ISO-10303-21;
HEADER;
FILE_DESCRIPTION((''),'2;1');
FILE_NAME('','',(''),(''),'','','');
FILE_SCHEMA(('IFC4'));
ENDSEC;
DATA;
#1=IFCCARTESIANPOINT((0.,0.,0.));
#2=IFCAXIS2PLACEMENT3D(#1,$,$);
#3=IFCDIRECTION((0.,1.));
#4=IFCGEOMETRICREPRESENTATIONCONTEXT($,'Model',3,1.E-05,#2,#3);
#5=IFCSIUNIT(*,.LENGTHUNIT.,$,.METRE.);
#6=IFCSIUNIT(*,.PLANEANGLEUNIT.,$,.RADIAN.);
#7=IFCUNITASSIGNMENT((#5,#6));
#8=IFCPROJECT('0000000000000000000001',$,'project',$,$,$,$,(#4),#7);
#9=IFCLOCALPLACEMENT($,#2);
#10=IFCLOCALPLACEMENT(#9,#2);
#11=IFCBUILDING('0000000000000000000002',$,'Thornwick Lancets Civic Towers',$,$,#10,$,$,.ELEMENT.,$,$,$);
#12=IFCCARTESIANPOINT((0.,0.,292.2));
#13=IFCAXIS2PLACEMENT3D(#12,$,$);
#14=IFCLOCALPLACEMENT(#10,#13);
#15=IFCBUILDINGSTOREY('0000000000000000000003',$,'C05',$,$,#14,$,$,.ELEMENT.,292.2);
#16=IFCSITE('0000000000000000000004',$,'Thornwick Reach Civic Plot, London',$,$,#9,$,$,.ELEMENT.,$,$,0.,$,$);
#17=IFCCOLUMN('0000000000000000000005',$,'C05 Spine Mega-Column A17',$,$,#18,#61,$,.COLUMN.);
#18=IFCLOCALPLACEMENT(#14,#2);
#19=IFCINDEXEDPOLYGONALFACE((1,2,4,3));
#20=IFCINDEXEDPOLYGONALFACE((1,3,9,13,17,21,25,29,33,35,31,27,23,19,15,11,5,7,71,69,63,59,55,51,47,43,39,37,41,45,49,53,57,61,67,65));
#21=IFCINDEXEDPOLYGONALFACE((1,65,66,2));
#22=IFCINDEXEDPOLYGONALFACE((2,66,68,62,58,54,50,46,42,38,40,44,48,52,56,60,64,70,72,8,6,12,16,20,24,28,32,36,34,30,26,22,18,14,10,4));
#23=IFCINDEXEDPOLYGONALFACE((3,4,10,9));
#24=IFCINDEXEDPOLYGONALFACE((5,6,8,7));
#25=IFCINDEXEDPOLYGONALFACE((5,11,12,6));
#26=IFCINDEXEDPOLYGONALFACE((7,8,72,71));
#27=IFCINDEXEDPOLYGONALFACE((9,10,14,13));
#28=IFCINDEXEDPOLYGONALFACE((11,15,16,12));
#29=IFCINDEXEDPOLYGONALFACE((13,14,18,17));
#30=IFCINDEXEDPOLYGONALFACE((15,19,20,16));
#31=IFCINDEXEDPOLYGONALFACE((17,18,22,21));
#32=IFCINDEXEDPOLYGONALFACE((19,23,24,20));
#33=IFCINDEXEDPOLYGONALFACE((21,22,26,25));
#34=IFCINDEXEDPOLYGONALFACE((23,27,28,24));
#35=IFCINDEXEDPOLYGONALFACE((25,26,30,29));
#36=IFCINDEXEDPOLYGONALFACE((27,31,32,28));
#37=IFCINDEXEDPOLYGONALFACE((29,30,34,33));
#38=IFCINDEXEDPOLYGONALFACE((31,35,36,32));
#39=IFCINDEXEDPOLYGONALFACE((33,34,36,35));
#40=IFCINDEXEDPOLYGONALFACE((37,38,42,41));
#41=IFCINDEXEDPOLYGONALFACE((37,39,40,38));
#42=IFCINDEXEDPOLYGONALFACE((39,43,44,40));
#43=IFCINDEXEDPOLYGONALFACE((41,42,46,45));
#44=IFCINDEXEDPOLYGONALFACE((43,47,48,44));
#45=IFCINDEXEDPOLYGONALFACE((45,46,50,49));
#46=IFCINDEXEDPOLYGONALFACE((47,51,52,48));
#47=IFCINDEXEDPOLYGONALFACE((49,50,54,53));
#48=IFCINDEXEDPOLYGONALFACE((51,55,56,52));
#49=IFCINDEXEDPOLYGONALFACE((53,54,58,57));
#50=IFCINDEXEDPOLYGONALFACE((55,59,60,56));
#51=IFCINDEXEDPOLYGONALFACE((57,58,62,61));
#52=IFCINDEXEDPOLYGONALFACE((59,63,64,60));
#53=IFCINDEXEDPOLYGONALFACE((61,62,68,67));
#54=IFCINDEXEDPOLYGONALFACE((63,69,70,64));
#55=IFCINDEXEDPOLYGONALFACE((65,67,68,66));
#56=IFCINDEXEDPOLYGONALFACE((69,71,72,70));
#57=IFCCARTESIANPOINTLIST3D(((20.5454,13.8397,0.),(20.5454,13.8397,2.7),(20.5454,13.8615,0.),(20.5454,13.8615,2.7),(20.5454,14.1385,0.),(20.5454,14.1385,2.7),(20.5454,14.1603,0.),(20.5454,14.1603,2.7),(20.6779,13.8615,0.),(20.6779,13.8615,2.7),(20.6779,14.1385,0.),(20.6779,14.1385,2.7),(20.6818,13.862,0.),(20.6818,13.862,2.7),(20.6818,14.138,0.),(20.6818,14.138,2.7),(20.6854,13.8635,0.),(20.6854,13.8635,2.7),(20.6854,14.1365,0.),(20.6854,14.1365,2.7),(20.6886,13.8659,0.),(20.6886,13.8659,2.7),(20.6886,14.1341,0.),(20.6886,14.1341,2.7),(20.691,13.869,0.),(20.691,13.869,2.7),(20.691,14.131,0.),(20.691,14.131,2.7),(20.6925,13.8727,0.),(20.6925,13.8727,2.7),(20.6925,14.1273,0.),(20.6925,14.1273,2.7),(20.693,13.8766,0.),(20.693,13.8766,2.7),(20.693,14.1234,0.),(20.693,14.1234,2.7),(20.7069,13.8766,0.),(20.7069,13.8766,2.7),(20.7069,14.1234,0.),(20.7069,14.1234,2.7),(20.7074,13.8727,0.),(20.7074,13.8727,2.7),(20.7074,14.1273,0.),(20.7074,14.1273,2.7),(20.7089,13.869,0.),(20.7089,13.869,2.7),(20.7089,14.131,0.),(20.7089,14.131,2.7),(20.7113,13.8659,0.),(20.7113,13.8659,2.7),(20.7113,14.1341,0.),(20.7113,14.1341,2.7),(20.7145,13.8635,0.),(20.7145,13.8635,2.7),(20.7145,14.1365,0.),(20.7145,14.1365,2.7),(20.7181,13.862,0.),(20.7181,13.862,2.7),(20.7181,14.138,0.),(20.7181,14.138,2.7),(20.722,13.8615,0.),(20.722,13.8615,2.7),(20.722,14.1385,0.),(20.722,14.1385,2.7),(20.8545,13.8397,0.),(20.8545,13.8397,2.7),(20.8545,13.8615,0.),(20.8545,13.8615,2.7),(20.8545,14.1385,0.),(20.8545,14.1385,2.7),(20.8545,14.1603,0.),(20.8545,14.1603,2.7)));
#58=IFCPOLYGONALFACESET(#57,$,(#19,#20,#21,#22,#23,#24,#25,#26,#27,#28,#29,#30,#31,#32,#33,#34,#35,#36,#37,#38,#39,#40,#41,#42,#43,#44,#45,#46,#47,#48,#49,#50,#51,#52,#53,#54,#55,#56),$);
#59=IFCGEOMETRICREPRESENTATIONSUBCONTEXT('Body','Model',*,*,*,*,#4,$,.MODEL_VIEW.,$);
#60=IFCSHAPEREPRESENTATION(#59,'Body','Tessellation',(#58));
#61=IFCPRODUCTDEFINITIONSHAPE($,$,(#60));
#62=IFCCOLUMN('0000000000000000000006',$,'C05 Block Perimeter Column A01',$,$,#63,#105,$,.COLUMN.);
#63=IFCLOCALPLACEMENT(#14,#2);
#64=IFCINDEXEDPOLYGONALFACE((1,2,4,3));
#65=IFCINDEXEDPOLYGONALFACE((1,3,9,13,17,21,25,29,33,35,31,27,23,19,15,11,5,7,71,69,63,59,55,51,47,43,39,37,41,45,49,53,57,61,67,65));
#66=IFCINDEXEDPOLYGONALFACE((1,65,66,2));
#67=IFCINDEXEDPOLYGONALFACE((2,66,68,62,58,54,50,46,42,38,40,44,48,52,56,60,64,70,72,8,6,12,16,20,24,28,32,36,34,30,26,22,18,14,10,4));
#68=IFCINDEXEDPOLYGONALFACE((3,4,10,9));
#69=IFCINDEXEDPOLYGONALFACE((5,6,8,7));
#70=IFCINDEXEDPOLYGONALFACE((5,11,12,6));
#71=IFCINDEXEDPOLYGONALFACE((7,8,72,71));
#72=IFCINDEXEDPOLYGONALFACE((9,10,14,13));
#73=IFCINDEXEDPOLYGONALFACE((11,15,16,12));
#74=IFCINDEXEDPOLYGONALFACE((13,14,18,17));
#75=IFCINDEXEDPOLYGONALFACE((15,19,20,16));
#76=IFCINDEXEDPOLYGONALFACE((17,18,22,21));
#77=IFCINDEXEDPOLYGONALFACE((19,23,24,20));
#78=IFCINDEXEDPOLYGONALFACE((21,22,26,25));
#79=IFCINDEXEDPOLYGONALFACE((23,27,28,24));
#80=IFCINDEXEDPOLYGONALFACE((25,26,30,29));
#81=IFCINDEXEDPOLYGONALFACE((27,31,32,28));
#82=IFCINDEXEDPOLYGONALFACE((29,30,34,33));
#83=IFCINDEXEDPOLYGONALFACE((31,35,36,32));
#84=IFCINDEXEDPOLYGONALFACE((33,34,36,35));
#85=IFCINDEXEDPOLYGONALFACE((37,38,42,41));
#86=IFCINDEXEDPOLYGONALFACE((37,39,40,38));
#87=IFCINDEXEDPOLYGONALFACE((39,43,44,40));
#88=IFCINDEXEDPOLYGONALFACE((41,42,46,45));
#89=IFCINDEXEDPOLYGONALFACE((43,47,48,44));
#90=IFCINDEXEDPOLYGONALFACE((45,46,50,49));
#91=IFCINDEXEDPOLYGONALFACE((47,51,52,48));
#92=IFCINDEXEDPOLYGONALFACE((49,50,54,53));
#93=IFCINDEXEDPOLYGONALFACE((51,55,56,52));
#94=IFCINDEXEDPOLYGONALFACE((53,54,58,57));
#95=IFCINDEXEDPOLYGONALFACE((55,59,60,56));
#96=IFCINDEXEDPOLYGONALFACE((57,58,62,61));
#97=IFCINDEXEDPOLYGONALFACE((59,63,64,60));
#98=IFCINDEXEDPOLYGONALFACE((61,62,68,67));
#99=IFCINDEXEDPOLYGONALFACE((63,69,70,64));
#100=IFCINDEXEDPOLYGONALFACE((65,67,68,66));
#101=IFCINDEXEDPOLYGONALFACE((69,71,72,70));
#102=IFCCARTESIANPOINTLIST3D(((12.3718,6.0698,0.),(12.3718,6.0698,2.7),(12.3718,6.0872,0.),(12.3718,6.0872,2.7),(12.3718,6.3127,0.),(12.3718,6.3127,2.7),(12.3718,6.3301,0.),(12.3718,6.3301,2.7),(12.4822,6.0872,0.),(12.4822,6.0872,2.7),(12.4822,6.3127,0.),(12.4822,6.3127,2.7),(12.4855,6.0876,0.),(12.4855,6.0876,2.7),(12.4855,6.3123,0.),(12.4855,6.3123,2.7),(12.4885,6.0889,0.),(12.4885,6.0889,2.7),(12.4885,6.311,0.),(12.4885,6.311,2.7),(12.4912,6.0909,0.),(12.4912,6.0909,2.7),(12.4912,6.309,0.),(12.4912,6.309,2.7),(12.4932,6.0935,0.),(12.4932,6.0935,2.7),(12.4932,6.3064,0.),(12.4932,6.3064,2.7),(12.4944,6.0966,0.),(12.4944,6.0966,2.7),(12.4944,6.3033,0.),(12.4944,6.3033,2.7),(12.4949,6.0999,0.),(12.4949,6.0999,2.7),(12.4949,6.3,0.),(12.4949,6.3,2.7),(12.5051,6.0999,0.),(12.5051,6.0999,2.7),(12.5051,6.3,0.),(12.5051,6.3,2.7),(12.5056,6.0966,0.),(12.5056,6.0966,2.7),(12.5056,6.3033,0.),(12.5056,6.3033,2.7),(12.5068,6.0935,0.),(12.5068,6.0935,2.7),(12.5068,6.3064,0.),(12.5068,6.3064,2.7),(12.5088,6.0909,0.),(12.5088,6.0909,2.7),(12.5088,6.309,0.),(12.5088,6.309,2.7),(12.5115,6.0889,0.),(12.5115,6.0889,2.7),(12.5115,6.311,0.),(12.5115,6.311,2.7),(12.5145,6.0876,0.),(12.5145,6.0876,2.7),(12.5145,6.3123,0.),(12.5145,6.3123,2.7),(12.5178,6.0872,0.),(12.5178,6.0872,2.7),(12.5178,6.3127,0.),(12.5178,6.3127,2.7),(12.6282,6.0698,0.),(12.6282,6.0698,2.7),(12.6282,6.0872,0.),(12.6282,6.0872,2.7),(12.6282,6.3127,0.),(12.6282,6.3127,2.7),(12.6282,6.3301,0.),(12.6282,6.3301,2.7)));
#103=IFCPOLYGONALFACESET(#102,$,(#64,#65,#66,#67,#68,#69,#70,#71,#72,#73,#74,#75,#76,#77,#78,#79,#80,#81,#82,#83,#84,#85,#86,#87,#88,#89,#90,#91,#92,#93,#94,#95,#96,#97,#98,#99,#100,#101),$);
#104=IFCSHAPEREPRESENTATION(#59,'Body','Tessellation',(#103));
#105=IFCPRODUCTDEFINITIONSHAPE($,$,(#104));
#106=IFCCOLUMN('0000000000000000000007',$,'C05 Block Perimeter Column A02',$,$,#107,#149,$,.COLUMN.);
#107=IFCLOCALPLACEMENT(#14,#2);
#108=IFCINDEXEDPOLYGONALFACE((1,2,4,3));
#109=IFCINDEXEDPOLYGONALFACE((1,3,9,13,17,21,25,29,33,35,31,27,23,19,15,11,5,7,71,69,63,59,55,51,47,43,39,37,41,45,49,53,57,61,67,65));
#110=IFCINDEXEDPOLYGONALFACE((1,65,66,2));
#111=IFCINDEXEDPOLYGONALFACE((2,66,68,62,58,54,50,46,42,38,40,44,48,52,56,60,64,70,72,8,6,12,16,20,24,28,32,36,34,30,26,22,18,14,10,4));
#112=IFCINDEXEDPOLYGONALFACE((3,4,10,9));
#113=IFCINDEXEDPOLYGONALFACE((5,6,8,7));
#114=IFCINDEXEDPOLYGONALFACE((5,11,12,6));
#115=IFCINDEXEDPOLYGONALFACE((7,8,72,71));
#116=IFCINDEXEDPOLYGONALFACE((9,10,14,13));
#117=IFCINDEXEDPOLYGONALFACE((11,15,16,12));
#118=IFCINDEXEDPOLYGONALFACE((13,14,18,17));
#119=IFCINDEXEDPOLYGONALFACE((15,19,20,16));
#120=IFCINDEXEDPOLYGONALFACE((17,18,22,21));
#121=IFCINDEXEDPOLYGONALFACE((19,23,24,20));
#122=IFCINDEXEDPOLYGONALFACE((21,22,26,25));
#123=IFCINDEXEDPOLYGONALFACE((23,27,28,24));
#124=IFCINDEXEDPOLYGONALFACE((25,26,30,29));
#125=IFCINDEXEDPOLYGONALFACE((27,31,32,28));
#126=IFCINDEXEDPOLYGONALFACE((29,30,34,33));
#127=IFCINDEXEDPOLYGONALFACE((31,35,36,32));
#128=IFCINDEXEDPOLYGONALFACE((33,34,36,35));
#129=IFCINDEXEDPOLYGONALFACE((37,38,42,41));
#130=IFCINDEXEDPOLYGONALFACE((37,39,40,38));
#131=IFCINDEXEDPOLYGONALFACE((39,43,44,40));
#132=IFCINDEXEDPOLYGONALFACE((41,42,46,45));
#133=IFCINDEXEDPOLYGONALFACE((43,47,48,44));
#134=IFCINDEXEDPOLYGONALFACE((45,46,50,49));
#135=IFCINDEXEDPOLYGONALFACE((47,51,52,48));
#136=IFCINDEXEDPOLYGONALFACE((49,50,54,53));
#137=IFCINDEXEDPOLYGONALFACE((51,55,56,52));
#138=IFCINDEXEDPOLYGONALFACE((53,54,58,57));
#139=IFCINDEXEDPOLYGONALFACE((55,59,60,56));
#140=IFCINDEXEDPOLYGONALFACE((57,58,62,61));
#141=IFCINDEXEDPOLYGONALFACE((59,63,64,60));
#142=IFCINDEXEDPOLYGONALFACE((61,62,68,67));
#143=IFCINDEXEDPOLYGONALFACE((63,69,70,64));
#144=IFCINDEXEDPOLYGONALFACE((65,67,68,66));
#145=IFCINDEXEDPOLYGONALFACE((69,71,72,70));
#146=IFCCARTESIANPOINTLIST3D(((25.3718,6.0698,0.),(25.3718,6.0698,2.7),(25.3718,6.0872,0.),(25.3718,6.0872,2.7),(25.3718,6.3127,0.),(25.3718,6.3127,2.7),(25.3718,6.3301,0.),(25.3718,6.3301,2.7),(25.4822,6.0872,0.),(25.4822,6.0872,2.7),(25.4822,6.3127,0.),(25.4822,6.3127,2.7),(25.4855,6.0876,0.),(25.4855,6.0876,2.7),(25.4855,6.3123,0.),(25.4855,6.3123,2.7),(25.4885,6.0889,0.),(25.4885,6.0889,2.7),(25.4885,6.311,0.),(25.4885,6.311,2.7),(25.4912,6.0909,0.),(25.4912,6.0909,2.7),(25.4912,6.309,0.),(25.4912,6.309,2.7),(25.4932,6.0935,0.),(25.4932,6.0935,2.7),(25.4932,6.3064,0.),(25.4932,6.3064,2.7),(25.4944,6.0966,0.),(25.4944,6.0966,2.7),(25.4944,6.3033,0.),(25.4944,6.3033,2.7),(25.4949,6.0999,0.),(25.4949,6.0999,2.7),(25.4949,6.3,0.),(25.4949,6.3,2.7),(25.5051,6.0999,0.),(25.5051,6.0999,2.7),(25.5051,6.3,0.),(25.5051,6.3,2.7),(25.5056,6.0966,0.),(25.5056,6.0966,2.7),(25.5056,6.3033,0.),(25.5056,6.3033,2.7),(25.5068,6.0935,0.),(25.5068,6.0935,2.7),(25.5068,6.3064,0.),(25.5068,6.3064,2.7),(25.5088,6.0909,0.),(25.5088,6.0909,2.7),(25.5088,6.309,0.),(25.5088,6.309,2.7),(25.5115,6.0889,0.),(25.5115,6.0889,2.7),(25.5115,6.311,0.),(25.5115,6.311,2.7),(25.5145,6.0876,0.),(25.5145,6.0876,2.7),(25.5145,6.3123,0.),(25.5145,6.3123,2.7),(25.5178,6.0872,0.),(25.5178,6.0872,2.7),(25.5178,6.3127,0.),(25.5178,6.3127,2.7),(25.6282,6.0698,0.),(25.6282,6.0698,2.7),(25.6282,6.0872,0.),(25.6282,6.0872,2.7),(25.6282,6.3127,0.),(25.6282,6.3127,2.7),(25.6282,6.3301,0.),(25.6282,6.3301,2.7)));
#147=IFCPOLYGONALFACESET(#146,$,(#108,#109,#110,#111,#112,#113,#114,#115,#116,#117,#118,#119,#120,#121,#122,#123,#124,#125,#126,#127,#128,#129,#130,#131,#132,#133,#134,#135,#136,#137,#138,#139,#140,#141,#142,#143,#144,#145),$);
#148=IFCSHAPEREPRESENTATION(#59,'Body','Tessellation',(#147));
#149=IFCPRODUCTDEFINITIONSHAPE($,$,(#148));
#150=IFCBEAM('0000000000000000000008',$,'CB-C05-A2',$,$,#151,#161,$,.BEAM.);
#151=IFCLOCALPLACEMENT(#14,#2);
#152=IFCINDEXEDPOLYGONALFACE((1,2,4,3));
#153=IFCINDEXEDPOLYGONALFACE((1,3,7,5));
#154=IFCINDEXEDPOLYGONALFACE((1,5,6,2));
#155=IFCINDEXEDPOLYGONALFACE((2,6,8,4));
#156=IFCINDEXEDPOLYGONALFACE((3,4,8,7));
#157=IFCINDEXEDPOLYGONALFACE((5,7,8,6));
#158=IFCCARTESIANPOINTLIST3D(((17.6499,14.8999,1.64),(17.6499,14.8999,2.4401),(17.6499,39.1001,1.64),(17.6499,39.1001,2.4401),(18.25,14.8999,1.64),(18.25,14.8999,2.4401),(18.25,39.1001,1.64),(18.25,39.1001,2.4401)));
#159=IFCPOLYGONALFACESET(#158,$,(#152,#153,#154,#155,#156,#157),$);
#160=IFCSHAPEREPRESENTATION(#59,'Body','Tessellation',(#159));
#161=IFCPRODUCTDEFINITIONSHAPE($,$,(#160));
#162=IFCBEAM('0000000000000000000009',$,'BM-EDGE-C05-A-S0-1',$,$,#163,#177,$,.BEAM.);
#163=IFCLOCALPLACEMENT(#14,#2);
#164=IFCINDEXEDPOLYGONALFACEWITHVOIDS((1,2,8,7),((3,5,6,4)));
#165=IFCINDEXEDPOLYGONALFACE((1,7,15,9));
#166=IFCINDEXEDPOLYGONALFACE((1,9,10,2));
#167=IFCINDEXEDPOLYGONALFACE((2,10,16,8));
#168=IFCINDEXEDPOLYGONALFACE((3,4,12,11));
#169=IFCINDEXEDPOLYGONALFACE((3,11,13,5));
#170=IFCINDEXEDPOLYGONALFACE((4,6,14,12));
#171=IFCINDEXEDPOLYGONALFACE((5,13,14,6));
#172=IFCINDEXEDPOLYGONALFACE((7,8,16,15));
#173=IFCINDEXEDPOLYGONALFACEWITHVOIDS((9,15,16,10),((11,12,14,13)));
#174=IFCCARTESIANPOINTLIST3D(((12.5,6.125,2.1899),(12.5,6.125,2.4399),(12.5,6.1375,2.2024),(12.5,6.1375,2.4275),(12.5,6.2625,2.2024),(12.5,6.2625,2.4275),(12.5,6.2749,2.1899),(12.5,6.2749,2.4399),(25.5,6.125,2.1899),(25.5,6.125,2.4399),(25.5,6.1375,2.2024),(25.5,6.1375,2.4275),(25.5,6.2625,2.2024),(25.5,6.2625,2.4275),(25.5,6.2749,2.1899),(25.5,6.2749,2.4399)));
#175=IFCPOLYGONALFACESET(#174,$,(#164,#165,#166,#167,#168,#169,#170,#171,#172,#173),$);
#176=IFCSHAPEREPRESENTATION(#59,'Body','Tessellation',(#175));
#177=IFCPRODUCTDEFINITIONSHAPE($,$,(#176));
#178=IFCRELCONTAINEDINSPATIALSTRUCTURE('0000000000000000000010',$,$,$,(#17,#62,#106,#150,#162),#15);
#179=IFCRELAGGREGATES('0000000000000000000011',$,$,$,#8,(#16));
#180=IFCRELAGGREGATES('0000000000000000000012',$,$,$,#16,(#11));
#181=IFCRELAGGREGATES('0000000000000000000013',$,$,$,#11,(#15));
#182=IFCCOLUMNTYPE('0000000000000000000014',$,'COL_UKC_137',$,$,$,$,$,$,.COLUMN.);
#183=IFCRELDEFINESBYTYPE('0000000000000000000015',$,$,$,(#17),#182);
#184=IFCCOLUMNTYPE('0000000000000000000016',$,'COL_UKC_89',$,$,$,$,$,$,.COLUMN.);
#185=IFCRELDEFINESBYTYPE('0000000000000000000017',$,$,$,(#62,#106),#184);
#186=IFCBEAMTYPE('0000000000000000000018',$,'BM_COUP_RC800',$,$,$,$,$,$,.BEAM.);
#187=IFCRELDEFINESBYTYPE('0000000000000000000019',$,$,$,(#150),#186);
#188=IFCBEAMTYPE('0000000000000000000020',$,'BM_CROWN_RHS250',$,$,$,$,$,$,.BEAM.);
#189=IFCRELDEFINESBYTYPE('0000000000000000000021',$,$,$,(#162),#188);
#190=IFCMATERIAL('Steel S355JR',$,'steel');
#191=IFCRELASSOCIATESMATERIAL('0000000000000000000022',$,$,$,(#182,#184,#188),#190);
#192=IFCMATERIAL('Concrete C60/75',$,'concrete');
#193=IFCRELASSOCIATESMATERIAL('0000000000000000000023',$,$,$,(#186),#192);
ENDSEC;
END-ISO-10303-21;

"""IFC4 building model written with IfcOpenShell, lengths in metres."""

from ifc_helpers import new_model, si_unit, direction, frame, origin, origin_2d, place, context, subcontext, project, spatial, rectangle, hollow_rectangle, i_section, extrude, material, material_profile, profile_set, type_object, element, save


model = new_model("IFC4")

# Units and contexts
model_context = context("Model", 3, precision=1e-05, world=origin(), true_north=direction((0.0, 1.0)))
body_context = subcontext(model_context, "Body", "Model", "MODEL_VIEW")
ifc_project = project(units=[si_unit("LENGTHUNIT", "METRE"), si_unit("PLANEANGLEUNIT", "RADIAN")], contexts=[model_context])

# Site, building, storey
site_placement = place(None, origin())
site = spatial("IfcSite", under=ifc_project, at=site_placement, Name="Thornwick Reach Civic Plot, London", CompositionType="ELEMENT", RefElevation=0.0)
building_placement = place(site_placement, origin())
building = spatial("IfcBuilding", under=site, at=building_placement, Name="Thornwick Lancets Civic Towers", CompositionType="ELEMENT")
storey_placement = place(building_placement, frame((0.0, 0.0, 292.2)))
storey = spatial("IfcBuildingStorey", under=building, at=storey_placement, Name="C05", CompositionType="ELEMENT", Elevation=292.2)

# Columns
ifc_material_1 = material(Name="Steel S355JR", Category="steel")
ifc_material_profile_1 = material_profile(ifc_material_1, i_section(OverallWidth=0.3091, OverallDepth=0.3206, WebThickness=0.0139, FlangeThickness=0.0217, FilletRadius=0.0151, at=origin_2d()), Name="UKC 305x305x137")
ifc_profile_set_1 = profile_set([ifc_material_profile_1], Name="Steel S355JR")
column_type_1 = type_object("IfcColumnType", Name="COL_UKC_137", PredefinedType="COLUMN", material=ifc_profile_set_1)
for number, where, z_axis, x_axis, name in (
    (1, (20.7, 14.0, 0.0), (0.0, 0.0, 1.0), (1.0, 0.0, 0.0), "C05 Spine Mega-Column A17"),
):
    element("IfcColumn", number, at=place(storey_placement, frame(where, z_axis=z_axis, x_axis=x_axis)), inside=storey, type_object=column_type_1, Name=name, PredefinedType="COLUMN", context=body_context, shape_type="SweptSolid", body=[
        extrude(i_section(OverallWidth=0.3091, OverallDepth=0.3206, WebThickness=0.0139, FlangeThickness=0.0217, FilletRadius=0.0151, at=origin_2d()), origin(), (0.0, 0.0, 1.0), 2.7),
    ])
ifc_material_profile_2 = material_profile(ifc_material_1, i_section(OverallWidth=0.2563, OverallDepth=0.2603, WebThickness=0.0103, FlangeThickness=0.0173, FilletRadius=0.0127, at=origin_2d()), Name="UKC 254x254x89")
ifc_profile_set_2 = profile_set([ifc_material_profile_2], Name="Steel S355JR")
column_type_2 = type_object("IfcColumnType", Name="COL_UKC_89", PredefinedType="COLUMN", material=ifc_profile_set_2)
for number, where, z_axis, x_axis, name in (
    (2, (12.5, 6.2, 0.0), (0.0, 0.0, 1.0), (1.0, 0.0, 0.0), "C05 Block Perimeter Column A01"),
    (3, (25.5, 6.2, 0.0), (0.0, 0.0, 1.0), (1.0, 0.0, 0.0), "C05 Block Perimeter Column A02"),
):
    element("IfcColumn", number, at=place(storey_placement, frame(where, z_axis=z_axis, x_axis=x_axis)), inside=storey, type_object=column_type_2, Name=name, PredefinedType="COLUMN", context=body_context, shape_type="SweptSolid", body=[
        extrude(i_section(OverallWidth=0.2563, OverallDepth=0.2603, WebThickness=0.0103, FlangeThickness=0.0173, FilletRadius=0.0127, at=origin_2d()), origin(), (0.0, 0.0, 1.0), 2.7),
    ])

# Beams
ifc_material_2 = material(Name="Concrete C60/75", Category="concrete")
ifc_material_profile_3 = material_profile(ifc_material_2, rectangle(XDim=0.6001, YDim=0.8, at=origin_2d()), Name="RC 600x800")
ifc_profile_set_3 = profile_set([ifc_material_profile_3], Name="Concrete C60/75")
beam_type_1 = type_object("IfcBeamType", Name="BM_COUP_RC800", PredefinedType="BEAM", material=ifc_profile_set_3)
beam_1_placement = place(storey_placement, frame((17.95, 14.8999, 2.04), z_axis=(0.0, 1.0, 0.0), x_axis=(-1.0, 0.0, 0.0)))
element("IfcBeam", 4, at=beam_1_placement, inside=storey, type_object=beam_type_1, Name="CB-C05-A2", PredefinedType="BEAM", context=body_context, shape_type="SweptSolid", body=[
    extrude(rectangle(XDim=0.6001, YDim=0.8, at=origin_2d()), origin(), (0.0, 0.0, 1.0), 24.2002),
])
ifc_material_profile_4 = material_profile(ifc_material_1, hollow_rectangle(XDim=0.1499, YDim=0.25, WallThickness=0.0125, at=origin_2d()), Name="RHS 250x150x12.5")
ifc_profile_set_4 = profile_set([ifc_material_profile_4], Name="Steel S355JR")
beam_type_2 = type_object("IfcBeamType", Name="BM_CROWN_RHS250", PredefinedType="BEAM", material=ifc_profile_set_4)
beam_2_placement = place(storey_placement, frame((12.5, 6.2, 2.3149), z_axis=(1.0, 0.0, 0.0), x_axis=(0.0, 1.0, 0.0)))
element("IfcBeam", 5, at=beam_2_placement, inside=storey, type_object=beam_type_2, Name="BM-EDGE-C05-A-S0-1", PredefinedType="BEAM", context=body_context, shape_type="SweptSolid", body=[
    extrude(hollow_rectangle(XDim=0.1499, YDim=0.25, WallThickness=0.0125, at=origin_2d()), origin(), (0.0, 0.0, 1.0), 13.0),
])

save(model, "model.ifc")
